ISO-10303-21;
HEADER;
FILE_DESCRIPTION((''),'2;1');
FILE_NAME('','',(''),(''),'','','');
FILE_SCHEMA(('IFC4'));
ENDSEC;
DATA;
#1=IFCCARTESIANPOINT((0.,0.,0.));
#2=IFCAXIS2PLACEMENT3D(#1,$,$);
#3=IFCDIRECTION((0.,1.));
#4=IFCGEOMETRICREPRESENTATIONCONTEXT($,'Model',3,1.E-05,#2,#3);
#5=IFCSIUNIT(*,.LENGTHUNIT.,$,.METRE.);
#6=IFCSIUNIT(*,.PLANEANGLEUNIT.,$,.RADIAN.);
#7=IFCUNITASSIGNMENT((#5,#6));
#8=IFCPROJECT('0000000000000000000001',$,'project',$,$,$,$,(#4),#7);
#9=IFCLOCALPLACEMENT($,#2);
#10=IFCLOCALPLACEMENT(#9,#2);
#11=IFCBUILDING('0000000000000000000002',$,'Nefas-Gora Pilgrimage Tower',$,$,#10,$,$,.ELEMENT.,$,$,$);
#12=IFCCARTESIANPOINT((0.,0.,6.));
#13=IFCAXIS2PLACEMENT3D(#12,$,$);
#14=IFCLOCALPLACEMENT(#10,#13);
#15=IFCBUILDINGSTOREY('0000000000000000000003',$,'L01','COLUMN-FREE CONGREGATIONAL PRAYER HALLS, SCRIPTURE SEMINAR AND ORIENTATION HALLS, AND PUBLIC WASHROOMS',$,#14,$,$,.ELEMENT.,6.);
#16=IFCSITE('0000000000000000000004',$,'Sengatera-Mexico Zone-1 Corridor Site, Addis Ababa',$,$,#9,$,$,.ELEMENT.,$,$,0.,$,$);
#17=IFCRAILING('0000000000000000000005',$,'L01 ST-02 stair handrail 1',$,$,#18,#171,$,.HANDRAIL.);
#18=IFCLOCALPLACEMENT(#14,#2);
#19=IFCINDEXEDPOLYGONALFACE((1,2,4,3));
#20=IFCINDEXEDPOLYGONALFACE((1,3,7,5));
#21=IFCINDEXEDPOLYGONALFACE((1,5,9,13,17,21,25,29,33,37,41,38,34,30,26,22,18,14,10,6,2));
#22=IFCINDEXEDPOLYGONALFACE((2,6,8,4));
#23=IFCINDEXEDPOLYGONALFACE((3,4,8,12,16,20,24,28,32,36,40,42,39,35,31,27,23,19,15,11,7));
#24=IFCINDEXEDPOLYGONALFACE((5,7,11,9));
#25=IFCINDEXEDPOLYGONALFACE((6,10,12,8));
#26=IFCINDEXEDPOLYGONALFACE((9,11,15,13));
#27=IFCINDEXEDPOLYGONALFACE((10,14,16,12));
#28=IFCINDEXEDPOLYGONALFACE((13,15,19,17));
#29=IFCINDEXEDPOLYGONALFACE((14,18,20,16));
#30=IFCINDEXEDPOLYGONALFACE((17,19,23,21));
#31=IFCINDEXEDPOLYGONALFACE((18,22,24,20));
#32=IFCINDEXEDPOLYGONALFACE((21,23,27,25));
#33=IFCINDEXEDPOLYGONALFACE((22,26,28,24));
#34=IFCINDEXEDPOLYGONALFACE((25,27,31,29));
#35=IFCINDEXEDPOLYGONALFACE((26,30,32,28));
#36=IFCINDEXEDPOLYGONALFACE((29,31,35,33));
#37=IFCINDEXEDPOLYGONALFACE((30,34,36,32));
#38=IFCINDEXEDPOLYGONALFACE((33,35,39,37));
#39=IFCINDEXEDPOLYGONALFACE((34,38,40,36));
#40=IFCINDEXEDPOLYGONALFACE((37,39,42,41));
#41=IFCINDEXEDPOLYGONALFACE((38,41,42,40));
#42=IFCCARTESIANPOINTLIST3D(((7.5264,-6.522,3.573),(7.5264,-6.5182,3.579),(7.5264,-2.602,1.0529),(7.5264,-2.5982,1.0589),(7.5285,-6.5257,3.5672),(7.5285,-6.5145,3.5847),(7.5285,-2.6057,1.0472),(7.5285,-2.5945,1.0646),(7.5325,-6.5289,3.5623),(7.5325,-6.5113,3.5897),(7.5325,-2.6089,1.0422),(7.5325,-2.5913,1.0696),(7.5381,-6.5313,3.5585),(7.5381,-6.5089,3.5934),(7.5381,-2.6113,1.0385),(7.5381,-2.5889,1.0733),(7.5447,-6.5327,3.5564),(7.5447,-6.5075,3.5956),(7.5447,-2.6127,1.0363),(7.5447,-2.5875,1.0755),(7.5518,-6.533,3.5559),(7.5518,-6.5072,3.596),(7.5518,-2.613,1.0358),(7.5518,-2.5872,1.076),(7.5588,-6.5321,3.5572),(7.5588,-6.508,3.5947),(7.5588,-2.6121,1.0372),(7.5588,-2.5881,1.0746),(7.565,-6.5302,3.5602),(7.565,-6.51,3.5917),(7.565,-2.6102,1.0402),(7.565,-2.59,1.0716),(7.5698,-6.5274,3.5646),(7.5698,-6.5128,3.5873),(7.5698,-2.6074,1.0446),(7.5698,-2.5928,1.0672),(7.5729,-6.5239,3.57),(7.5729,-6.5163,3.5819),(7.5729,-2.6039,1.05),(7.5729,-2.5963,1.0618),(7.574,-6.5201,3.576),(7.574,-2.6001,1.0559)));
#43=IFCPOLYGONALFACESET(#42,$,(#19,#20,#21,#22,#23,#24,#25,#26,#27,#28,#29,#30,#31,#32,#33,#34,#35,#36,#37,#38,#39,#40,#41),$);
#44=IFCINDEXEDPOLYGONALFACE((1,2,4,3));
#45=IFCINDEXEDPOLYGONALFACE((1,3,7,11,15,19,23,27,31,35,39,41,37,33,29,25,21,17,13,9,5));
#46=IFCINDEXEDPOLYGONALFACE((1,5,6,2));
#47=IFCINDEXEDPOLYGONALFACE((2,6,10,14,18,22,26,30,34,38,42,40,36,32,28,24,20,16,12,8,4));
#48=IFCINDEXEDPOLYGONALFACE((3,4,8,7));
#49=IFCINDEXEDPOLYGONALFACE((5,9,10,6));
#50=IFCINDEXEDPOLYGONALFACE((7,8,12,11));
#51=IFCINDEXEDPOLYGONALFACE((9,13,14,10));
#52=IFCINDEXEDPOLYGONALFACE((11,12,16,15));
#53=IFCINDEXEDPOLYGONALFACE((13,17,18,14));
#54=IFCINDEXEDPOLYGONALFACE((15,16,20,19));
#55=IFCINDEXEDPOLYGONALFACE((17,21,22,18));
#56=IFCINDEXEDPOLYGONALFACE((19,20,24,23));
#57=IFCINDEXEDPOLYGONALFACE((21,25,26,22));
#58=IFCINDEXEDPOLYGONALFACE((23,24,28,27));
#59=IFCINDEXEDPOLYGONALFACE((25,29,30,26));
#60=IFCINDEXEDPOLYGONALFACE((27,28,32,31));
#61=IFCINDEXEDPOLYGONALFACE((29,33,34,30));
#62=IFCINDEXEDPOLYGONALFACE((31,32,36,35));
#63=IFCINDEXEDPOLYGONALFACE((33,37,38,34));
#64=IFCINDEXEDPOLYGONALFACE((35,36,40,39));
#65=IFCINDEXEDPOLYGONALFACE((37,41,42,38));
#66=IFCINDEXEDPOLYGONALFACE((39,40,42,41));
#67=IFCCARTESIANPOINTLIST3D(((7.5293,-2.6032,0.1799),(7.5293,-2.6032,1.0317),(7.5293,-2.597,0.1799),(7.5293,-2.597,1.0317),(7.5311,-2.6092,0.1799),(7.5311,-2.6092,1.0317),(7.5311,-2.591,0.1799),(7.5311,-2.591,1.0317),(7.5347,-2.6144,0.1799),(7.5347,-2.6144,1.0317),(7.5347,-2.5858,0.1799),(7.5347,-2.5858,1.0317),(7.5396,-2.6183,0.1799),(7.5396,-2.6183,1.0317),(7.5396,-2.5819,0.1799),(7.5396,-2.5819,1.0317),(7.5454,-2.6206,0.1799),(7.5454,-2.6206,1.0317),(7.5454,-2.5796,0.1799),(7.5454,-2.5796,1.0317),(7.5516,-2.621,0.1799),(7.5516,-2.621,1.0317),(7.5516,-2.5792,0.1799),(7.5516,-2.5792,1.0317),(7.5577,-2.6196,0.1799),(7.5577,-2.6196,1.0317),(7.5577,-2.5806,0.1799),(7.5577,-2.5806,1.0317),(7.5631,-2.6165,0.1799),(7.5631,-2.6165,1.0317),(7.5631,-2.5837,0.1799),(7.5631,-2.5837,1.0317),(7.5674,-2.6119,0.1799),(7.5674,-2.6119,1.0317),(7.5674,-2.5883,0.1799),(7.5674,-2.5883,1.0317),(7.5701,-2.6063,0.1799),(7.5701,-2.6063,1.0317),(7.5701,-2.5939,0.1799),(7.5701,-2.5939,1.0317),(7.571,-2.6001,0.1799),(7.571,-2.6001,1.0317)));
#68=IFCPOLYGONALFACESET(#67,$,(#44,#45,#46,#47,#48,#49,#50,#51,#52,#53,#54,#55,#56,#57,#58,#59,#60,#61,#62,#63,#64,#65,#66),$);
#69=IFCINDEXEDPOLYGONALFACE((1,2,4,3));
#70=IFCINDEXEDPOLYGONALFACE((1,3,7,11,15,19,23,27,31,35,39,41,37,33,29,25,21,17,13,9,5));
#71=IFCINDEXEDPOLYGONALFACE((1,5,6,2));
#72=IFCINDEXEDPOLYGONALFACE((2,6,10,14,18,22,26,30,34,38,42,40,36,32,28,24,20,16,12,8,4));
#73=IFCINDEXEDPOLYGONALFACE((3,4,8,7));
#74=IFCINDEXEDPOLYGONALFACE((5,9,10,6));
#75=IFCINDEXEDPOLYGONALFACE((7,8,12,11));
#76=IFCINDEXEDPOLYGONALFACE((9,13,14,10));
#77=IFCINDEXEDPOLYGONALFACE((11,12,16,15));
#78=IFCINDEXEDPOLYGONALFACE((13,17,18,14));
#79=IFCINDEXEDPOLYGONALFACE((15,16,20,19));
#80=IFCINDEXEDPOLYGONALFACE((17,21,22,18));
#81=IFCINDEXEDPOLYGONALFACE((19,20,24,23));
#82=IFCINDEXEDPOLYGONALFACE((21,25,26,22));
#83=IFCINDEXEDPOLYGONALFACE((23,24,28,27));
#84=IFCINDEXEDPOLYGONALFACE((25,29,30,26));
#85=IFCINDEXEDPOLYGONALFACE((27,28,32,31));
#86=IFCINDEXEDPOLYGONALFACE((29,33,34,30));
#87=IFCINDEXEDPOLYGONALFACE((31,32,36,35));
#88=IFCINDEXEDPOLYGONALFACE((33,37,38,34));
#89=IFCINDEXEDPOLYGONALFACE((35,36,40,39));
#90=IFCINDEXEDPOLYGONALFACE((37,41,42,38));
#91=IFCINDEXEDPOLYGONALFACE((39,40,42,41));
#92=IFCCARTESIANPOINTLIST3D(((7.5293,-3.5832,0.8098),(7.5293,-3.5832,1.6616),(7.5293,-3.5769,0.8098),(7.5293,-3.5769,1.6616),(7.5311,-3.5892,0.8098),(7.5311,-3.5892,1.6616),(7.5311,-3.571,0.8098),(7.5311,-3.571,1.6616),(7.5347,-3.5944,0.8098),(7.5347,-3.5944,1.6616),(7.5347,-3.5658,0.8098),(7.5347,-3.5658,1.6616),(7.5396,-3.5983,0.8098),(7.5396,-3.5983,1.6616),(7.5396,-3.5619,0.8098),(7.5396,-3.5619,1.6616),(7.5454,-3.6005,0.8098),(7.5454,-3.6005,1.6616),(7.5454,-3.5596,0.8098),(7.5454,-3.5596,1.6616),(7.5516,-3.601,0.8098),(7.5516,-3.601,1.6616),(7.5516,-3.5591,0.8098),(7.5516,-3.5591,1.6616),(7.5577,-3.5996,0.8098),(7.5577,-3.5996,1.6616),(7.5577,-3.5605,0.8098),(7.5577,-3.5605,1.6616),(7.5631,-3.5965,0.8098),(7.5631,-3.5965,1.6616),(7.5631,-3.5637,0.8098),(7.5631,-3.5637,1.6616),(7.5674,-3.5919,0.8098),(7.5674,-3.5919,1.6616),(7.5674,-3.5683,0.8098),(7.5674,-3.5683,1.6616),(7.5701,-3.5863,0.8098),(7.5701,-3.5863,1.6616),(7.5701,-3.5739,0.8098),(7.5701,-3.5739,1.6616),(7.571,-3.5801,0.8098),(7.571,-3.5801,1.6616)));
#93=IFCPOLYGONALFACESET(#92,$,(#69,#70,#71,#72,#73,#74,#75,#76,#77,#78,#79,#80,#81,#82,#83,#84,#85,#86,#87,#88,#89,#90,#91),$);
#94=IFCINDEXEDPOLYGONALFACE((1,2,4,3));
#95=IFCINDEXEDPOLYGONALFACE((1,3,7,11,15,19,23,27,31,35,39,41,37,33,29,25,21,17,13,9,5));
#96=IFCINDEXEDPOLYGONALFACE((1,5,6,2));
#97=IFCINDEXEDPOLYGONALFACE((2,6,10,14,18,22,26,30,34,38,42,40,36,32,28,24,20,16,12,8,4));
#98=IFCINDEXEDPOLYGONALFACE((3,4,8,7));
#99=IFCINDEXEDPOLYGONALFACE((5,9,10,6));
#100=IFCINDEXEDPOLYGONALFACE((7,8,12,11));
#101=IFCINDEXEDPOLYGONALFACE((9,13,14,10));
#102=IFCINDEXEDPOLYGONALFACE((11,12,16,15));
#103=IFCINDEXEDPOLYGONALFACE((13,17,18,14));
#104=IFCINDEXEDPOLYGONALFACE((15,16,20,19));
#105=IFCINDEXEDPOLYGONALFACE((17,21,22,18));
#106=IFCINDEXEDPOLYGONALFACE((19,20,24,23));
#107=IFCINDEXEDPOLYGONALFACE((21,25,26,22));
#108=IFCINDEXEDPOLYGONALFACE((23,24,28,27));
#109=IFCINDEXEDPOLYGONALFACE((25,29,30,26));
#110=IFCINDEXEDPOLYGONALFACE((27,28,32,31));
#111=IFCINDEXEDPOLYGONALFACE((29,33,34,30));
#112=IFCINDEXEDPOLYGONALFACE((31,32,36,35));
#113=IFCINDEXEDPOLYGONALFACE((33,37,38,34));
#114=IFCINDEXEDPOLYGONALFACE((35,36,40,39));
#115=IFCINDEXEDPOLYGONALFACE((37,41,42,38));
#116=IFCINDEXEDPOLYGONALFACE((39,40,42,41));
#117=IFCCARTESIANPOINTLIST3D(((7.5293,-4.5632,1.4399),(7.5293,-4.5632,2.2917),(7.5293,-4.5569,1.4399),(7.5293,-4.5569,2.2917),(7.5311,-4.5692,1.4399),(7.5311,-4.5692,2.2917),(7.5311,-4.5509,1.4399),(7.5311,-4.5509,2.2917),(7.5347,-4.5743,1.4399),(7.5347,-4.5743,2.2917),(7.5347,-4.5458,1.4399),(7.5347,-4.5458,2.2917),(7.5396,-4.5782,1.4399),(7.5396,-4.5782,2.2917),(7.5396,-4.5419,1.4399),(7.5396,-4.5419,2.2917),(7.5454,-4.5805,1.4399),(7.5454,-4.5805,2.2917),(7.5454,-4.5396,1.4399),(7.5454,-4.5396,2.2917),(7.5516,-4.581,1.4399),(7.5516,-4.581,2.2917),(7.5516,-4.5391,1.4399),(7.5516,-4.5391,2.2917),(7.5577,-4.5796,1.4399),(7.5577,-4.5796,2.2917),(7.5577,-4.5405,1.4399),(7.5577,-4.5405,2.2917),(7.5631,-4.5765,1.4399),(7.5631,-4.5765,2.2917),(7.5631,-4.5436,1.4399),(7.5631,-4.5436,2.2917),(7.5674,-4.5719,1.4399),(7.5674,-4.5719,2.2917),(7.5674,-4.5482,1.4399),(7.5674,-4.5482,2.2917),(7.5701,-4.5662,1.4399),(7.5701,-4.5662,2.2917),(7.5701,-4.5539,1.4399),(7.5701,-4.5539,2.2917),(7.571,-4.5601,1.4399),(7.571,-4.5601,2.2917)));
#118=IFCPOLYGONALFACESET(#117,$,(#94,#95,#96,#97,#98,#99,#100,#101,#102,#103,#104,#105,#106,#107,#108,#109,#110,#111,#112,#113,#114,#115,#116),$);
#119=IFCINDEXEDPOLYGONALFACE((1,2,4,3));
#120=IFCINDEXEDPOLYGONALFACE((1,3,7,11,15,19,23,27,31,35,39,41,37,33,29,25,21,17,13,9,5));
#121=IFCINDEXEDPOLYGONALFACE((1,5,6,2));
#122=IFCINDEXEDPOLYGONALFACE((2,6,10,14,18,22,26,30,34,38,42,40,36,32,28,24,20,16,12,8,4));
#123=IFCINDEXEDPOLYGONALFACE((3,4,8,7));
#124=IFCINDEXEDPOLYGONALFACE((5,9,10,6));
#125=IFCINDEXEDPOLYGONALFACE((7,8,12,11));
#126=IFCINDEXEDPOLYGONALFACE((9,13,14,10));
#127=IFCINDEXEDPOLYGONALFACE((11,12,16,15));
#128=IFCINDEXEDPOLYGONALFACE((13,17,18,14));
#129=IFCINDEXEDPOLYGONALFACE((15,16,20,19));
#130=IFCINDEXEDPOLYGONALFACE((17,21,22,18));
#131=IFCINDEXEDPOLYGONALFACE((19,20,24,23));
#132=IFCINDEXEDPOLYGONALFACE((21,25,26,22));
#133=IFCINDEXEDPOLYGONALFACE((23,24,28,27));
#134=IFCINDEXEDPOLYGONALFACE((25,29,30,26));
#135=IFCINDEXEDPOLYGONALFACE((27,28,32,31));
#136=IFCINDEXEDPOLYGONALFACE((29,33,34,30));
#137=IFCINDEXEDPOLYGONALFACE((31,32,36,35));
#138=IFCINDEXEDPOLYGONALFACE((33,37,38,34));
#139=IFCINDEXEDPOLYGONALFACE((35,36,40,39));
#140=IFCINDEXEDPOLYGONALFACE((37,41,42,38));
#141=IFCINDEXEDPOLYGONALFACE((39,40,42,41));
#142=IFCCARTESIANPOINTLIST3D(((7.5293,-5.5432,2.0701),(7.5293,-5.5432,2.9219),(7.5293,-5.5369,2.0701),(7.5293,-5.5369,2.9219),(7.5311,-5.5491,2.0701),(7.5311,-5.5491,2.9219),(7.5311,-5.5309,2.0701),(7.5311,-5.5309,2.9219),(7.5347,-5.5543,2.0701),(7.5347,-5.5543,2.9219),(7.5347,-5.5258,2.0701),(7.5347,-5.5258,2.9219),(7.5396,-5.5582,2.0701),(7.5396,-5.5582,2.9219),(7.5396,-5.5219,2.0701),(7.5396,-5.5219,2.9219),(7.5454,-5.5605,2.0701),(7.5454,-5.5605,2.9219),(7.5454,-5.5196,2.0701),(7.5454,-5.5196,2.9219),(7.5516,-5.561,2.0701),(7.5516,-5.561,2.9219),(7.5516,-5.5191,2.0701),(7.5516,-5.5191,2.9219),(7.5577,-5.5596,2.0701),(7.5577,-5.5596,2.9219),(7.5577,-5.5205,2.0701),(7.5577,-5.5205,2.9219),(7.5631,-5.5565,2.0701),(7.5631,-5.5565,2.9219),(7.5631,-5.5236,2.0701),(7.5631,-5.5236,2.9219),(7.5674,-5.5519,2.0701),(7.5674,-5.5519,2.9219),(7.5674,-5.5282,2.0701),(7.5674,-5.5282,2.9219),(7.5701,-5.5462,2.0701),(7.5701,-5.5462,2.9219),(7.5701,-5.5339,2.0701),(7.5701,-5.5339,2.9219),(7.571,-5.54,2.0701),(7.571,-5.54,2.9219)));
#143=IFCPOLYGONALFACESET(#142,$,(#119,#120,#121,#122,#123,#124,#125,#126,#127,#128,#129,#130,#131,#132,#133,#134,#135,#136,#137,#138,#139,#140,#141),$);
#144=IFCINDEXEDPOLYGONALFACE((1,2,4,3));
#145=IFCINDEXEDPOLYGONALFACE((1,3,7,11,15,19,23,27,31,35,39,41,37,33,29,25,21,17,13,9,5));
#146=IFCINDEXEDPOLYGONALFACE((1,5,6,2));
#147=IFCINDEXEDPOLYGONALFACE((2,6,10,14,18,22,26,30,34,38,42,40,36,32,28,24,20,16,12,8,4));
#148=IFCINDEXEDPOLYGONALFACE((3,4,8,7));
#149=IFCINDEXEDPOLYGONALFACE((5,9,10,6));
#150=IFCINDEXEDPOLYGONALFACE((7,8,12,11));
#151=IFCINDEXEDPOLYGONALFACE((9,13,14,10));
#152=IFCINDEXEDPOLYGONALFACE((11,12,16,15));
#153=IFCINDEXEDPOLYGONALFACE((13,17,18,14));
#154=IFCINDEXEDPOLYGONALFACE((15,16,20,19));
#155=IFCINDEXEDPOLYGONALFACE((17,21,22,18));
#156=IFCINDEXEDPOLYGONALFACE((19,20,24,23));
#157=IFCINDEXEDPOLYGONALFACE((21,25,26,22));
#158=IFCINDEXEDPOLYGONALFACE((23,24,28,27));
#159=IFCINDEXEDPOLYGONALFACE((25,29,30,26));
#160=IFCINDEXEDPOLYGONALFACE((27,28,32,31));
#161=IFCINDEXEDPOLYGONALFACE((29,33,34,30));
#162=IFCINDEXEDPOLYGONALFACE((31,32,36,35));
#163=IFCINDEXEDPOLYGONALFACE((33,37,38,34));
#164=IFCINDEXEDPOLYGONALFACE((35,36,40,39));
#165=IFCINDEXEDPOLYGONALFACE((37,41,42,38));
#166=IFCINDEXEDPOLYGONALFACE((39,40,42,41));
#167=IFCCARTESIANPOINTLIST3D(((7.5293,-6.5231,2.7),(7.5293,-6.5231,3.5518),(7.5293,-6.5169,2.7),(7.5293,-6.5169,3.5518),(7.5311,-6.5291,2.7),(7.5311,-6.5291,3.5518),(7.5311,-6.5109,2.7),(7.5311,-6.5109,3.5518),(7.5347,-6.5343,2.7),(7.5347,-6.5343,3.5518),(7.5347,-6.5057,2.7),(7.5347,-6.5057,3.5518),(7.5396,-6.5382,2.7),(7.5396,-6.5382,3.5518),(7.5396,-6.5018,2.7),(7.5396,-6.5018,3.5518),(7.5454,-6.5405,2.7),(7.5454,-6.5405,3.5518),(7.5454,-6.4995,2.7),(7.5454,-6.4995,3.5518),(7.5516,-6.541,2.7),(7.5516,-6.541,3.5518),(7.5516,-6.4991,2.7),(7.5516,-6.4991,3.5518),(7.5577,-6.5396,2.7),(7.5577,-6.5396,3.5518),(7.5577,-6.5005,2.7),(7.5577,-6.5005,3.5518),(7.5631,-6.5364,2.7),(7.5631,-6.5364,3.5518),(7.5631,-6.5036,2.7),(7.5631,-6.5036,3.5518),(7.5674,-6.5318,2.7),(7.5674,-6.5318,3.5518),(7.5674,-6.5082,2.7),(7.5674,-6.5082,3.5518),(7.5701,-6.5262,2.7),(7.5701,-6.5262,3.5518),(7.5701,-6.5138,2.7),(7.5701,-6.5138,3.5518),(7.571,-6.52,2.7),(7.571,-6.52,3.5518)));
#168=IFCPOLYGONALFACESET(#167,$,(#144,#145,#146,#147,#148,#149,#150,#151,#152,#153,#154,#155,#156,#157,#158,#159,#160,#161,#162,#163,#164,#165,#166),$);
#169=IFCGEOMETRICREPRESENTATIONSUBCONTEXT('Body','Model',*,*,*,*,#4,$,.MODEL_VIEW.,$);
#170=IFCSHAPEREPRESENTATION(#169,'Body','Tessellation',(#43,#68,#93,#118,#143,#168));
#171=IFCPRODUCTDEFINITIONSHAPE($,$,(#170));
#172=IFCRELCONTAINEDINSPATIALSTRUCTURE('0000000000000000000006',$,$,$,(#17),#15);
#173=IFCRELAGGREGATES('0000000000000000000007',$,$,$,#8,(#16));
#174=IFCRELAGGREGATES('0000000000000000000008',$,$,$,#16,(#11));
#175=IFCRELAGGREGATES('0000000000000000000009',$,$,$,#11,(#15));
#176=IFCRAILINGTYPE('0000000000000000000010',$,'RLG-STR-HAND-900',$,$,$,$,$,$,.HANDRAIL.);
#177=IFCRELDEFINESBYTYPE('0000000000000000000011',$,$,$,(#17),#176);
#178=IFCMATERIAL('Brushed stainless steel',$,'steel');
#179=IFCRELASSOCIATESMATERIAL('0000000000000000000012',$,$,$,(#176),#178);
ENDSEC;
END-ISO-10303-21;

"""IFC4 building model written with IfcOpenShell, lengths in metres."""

from ifc_helpers import new_model, si_unit, direction, frame, origin, origin_2d, place, context, subcontext, project, spatial, circle, extrude, material, type_object, element, save


model = new_model("IFC4")

# Units and contexts
model_context = context("Model", 3, precision=1e-05, world=origin(), true_north=direction((0.0, 1.0)))
body_context = subcontext(model_context, "Body", "Model", "MODEL_VIEW")
ifc_project = project(units=[si_unit("LENGTHUNIT", "METRE"), si_unit("PLANEANGLEUNIT", "RADIAN")], contexts=[model_context])

# Site, building, storey
site_placement = place(None, origin())
site = spatial("IfcSite", under=ifc_project, at=site_placement, Name="Sengatera-Mexico Zone-1 Corridor Site, Addis Ababa", CompositionType="ELEMENT", RefElevation=0.0)
building_placement = place(site_placement, origin())
building = spatial("IfcBuilding", under=site, at=building_placement, Name="Nefas-Gora Pilgrimage Tower", CompositionType="ELEMENT")
storey_placement = place(building_placement, frame((0.0, 0.0, 6.0)))
storey = spatial("IfcBuildingStorey", under=building, at=storey_placement, Name="L01", Description="COLUMN-FREE CONGREGATIONAL PRAYER HALLS, SCRIPTURE SEMINAR AND ORIENTATION HALLS, AND PUBLIC WASHROOMS", CompositionType="ELEMENT", Elevation=6.0)

# Railing
ifc_material_1 = material(Name="Brushed stainless steel", Category="steel")
railing_type_1 = type_object("IfcRailingType", Name="RLG-STR-HAND-900", PredefinedType="HANDRAIL", material=ifc_material_1)
railing_1_placement = place(storey_placement, frame((7.55, -2.6001, 0.1799)))
element("IfcRailing", 1, at=railing_1_placement, inside=storey, type_object=railing_type_1, Name="L01 ST-02 stair handrail 1", PredefinedType="HANDRAIL", context=body_context, shape_type="SweptSolid", body=[
    extrude(circle(Radius=0.0239, at=origin_2d()), frame((0.0, 0.0, 0.876), z_axis=(0.0, -0.841172, 0.540768), x_axis=(1.0, 0.0, 0.0)), (0.0, 0.0, 1.0), 4.6602),
    extrude(circle(Radius=0.021, at=origin_2d()), origin(), (0.0, 0.0, 1.0), 0.8518),
    extrude(circle(Radius=0.021, at=origin_2d()), frame((0.0, -0.98, 0.6299)), (0.0, 0.0, 1.0), 0.8518),
    extrude(circle(Radius=0.021, at=origin_2d()), frame((0.0, -1.96, 1.26)), (0.0, 0.0, 1.0), 0.8518),
    extrude(circle(Radius=0.021, at=origin_2d()), frame((0.0, -2.9399, 1.8901)), (0.0, 0.0, 1.0), 0.8518),
    extrude(circle(Radius=0.021, at=origin_2d()), frame((0.0, -3.9199, 2.52)), (0.0, 0.0, 1.0), 0.8518),
])

save(model, "model.ifc")
